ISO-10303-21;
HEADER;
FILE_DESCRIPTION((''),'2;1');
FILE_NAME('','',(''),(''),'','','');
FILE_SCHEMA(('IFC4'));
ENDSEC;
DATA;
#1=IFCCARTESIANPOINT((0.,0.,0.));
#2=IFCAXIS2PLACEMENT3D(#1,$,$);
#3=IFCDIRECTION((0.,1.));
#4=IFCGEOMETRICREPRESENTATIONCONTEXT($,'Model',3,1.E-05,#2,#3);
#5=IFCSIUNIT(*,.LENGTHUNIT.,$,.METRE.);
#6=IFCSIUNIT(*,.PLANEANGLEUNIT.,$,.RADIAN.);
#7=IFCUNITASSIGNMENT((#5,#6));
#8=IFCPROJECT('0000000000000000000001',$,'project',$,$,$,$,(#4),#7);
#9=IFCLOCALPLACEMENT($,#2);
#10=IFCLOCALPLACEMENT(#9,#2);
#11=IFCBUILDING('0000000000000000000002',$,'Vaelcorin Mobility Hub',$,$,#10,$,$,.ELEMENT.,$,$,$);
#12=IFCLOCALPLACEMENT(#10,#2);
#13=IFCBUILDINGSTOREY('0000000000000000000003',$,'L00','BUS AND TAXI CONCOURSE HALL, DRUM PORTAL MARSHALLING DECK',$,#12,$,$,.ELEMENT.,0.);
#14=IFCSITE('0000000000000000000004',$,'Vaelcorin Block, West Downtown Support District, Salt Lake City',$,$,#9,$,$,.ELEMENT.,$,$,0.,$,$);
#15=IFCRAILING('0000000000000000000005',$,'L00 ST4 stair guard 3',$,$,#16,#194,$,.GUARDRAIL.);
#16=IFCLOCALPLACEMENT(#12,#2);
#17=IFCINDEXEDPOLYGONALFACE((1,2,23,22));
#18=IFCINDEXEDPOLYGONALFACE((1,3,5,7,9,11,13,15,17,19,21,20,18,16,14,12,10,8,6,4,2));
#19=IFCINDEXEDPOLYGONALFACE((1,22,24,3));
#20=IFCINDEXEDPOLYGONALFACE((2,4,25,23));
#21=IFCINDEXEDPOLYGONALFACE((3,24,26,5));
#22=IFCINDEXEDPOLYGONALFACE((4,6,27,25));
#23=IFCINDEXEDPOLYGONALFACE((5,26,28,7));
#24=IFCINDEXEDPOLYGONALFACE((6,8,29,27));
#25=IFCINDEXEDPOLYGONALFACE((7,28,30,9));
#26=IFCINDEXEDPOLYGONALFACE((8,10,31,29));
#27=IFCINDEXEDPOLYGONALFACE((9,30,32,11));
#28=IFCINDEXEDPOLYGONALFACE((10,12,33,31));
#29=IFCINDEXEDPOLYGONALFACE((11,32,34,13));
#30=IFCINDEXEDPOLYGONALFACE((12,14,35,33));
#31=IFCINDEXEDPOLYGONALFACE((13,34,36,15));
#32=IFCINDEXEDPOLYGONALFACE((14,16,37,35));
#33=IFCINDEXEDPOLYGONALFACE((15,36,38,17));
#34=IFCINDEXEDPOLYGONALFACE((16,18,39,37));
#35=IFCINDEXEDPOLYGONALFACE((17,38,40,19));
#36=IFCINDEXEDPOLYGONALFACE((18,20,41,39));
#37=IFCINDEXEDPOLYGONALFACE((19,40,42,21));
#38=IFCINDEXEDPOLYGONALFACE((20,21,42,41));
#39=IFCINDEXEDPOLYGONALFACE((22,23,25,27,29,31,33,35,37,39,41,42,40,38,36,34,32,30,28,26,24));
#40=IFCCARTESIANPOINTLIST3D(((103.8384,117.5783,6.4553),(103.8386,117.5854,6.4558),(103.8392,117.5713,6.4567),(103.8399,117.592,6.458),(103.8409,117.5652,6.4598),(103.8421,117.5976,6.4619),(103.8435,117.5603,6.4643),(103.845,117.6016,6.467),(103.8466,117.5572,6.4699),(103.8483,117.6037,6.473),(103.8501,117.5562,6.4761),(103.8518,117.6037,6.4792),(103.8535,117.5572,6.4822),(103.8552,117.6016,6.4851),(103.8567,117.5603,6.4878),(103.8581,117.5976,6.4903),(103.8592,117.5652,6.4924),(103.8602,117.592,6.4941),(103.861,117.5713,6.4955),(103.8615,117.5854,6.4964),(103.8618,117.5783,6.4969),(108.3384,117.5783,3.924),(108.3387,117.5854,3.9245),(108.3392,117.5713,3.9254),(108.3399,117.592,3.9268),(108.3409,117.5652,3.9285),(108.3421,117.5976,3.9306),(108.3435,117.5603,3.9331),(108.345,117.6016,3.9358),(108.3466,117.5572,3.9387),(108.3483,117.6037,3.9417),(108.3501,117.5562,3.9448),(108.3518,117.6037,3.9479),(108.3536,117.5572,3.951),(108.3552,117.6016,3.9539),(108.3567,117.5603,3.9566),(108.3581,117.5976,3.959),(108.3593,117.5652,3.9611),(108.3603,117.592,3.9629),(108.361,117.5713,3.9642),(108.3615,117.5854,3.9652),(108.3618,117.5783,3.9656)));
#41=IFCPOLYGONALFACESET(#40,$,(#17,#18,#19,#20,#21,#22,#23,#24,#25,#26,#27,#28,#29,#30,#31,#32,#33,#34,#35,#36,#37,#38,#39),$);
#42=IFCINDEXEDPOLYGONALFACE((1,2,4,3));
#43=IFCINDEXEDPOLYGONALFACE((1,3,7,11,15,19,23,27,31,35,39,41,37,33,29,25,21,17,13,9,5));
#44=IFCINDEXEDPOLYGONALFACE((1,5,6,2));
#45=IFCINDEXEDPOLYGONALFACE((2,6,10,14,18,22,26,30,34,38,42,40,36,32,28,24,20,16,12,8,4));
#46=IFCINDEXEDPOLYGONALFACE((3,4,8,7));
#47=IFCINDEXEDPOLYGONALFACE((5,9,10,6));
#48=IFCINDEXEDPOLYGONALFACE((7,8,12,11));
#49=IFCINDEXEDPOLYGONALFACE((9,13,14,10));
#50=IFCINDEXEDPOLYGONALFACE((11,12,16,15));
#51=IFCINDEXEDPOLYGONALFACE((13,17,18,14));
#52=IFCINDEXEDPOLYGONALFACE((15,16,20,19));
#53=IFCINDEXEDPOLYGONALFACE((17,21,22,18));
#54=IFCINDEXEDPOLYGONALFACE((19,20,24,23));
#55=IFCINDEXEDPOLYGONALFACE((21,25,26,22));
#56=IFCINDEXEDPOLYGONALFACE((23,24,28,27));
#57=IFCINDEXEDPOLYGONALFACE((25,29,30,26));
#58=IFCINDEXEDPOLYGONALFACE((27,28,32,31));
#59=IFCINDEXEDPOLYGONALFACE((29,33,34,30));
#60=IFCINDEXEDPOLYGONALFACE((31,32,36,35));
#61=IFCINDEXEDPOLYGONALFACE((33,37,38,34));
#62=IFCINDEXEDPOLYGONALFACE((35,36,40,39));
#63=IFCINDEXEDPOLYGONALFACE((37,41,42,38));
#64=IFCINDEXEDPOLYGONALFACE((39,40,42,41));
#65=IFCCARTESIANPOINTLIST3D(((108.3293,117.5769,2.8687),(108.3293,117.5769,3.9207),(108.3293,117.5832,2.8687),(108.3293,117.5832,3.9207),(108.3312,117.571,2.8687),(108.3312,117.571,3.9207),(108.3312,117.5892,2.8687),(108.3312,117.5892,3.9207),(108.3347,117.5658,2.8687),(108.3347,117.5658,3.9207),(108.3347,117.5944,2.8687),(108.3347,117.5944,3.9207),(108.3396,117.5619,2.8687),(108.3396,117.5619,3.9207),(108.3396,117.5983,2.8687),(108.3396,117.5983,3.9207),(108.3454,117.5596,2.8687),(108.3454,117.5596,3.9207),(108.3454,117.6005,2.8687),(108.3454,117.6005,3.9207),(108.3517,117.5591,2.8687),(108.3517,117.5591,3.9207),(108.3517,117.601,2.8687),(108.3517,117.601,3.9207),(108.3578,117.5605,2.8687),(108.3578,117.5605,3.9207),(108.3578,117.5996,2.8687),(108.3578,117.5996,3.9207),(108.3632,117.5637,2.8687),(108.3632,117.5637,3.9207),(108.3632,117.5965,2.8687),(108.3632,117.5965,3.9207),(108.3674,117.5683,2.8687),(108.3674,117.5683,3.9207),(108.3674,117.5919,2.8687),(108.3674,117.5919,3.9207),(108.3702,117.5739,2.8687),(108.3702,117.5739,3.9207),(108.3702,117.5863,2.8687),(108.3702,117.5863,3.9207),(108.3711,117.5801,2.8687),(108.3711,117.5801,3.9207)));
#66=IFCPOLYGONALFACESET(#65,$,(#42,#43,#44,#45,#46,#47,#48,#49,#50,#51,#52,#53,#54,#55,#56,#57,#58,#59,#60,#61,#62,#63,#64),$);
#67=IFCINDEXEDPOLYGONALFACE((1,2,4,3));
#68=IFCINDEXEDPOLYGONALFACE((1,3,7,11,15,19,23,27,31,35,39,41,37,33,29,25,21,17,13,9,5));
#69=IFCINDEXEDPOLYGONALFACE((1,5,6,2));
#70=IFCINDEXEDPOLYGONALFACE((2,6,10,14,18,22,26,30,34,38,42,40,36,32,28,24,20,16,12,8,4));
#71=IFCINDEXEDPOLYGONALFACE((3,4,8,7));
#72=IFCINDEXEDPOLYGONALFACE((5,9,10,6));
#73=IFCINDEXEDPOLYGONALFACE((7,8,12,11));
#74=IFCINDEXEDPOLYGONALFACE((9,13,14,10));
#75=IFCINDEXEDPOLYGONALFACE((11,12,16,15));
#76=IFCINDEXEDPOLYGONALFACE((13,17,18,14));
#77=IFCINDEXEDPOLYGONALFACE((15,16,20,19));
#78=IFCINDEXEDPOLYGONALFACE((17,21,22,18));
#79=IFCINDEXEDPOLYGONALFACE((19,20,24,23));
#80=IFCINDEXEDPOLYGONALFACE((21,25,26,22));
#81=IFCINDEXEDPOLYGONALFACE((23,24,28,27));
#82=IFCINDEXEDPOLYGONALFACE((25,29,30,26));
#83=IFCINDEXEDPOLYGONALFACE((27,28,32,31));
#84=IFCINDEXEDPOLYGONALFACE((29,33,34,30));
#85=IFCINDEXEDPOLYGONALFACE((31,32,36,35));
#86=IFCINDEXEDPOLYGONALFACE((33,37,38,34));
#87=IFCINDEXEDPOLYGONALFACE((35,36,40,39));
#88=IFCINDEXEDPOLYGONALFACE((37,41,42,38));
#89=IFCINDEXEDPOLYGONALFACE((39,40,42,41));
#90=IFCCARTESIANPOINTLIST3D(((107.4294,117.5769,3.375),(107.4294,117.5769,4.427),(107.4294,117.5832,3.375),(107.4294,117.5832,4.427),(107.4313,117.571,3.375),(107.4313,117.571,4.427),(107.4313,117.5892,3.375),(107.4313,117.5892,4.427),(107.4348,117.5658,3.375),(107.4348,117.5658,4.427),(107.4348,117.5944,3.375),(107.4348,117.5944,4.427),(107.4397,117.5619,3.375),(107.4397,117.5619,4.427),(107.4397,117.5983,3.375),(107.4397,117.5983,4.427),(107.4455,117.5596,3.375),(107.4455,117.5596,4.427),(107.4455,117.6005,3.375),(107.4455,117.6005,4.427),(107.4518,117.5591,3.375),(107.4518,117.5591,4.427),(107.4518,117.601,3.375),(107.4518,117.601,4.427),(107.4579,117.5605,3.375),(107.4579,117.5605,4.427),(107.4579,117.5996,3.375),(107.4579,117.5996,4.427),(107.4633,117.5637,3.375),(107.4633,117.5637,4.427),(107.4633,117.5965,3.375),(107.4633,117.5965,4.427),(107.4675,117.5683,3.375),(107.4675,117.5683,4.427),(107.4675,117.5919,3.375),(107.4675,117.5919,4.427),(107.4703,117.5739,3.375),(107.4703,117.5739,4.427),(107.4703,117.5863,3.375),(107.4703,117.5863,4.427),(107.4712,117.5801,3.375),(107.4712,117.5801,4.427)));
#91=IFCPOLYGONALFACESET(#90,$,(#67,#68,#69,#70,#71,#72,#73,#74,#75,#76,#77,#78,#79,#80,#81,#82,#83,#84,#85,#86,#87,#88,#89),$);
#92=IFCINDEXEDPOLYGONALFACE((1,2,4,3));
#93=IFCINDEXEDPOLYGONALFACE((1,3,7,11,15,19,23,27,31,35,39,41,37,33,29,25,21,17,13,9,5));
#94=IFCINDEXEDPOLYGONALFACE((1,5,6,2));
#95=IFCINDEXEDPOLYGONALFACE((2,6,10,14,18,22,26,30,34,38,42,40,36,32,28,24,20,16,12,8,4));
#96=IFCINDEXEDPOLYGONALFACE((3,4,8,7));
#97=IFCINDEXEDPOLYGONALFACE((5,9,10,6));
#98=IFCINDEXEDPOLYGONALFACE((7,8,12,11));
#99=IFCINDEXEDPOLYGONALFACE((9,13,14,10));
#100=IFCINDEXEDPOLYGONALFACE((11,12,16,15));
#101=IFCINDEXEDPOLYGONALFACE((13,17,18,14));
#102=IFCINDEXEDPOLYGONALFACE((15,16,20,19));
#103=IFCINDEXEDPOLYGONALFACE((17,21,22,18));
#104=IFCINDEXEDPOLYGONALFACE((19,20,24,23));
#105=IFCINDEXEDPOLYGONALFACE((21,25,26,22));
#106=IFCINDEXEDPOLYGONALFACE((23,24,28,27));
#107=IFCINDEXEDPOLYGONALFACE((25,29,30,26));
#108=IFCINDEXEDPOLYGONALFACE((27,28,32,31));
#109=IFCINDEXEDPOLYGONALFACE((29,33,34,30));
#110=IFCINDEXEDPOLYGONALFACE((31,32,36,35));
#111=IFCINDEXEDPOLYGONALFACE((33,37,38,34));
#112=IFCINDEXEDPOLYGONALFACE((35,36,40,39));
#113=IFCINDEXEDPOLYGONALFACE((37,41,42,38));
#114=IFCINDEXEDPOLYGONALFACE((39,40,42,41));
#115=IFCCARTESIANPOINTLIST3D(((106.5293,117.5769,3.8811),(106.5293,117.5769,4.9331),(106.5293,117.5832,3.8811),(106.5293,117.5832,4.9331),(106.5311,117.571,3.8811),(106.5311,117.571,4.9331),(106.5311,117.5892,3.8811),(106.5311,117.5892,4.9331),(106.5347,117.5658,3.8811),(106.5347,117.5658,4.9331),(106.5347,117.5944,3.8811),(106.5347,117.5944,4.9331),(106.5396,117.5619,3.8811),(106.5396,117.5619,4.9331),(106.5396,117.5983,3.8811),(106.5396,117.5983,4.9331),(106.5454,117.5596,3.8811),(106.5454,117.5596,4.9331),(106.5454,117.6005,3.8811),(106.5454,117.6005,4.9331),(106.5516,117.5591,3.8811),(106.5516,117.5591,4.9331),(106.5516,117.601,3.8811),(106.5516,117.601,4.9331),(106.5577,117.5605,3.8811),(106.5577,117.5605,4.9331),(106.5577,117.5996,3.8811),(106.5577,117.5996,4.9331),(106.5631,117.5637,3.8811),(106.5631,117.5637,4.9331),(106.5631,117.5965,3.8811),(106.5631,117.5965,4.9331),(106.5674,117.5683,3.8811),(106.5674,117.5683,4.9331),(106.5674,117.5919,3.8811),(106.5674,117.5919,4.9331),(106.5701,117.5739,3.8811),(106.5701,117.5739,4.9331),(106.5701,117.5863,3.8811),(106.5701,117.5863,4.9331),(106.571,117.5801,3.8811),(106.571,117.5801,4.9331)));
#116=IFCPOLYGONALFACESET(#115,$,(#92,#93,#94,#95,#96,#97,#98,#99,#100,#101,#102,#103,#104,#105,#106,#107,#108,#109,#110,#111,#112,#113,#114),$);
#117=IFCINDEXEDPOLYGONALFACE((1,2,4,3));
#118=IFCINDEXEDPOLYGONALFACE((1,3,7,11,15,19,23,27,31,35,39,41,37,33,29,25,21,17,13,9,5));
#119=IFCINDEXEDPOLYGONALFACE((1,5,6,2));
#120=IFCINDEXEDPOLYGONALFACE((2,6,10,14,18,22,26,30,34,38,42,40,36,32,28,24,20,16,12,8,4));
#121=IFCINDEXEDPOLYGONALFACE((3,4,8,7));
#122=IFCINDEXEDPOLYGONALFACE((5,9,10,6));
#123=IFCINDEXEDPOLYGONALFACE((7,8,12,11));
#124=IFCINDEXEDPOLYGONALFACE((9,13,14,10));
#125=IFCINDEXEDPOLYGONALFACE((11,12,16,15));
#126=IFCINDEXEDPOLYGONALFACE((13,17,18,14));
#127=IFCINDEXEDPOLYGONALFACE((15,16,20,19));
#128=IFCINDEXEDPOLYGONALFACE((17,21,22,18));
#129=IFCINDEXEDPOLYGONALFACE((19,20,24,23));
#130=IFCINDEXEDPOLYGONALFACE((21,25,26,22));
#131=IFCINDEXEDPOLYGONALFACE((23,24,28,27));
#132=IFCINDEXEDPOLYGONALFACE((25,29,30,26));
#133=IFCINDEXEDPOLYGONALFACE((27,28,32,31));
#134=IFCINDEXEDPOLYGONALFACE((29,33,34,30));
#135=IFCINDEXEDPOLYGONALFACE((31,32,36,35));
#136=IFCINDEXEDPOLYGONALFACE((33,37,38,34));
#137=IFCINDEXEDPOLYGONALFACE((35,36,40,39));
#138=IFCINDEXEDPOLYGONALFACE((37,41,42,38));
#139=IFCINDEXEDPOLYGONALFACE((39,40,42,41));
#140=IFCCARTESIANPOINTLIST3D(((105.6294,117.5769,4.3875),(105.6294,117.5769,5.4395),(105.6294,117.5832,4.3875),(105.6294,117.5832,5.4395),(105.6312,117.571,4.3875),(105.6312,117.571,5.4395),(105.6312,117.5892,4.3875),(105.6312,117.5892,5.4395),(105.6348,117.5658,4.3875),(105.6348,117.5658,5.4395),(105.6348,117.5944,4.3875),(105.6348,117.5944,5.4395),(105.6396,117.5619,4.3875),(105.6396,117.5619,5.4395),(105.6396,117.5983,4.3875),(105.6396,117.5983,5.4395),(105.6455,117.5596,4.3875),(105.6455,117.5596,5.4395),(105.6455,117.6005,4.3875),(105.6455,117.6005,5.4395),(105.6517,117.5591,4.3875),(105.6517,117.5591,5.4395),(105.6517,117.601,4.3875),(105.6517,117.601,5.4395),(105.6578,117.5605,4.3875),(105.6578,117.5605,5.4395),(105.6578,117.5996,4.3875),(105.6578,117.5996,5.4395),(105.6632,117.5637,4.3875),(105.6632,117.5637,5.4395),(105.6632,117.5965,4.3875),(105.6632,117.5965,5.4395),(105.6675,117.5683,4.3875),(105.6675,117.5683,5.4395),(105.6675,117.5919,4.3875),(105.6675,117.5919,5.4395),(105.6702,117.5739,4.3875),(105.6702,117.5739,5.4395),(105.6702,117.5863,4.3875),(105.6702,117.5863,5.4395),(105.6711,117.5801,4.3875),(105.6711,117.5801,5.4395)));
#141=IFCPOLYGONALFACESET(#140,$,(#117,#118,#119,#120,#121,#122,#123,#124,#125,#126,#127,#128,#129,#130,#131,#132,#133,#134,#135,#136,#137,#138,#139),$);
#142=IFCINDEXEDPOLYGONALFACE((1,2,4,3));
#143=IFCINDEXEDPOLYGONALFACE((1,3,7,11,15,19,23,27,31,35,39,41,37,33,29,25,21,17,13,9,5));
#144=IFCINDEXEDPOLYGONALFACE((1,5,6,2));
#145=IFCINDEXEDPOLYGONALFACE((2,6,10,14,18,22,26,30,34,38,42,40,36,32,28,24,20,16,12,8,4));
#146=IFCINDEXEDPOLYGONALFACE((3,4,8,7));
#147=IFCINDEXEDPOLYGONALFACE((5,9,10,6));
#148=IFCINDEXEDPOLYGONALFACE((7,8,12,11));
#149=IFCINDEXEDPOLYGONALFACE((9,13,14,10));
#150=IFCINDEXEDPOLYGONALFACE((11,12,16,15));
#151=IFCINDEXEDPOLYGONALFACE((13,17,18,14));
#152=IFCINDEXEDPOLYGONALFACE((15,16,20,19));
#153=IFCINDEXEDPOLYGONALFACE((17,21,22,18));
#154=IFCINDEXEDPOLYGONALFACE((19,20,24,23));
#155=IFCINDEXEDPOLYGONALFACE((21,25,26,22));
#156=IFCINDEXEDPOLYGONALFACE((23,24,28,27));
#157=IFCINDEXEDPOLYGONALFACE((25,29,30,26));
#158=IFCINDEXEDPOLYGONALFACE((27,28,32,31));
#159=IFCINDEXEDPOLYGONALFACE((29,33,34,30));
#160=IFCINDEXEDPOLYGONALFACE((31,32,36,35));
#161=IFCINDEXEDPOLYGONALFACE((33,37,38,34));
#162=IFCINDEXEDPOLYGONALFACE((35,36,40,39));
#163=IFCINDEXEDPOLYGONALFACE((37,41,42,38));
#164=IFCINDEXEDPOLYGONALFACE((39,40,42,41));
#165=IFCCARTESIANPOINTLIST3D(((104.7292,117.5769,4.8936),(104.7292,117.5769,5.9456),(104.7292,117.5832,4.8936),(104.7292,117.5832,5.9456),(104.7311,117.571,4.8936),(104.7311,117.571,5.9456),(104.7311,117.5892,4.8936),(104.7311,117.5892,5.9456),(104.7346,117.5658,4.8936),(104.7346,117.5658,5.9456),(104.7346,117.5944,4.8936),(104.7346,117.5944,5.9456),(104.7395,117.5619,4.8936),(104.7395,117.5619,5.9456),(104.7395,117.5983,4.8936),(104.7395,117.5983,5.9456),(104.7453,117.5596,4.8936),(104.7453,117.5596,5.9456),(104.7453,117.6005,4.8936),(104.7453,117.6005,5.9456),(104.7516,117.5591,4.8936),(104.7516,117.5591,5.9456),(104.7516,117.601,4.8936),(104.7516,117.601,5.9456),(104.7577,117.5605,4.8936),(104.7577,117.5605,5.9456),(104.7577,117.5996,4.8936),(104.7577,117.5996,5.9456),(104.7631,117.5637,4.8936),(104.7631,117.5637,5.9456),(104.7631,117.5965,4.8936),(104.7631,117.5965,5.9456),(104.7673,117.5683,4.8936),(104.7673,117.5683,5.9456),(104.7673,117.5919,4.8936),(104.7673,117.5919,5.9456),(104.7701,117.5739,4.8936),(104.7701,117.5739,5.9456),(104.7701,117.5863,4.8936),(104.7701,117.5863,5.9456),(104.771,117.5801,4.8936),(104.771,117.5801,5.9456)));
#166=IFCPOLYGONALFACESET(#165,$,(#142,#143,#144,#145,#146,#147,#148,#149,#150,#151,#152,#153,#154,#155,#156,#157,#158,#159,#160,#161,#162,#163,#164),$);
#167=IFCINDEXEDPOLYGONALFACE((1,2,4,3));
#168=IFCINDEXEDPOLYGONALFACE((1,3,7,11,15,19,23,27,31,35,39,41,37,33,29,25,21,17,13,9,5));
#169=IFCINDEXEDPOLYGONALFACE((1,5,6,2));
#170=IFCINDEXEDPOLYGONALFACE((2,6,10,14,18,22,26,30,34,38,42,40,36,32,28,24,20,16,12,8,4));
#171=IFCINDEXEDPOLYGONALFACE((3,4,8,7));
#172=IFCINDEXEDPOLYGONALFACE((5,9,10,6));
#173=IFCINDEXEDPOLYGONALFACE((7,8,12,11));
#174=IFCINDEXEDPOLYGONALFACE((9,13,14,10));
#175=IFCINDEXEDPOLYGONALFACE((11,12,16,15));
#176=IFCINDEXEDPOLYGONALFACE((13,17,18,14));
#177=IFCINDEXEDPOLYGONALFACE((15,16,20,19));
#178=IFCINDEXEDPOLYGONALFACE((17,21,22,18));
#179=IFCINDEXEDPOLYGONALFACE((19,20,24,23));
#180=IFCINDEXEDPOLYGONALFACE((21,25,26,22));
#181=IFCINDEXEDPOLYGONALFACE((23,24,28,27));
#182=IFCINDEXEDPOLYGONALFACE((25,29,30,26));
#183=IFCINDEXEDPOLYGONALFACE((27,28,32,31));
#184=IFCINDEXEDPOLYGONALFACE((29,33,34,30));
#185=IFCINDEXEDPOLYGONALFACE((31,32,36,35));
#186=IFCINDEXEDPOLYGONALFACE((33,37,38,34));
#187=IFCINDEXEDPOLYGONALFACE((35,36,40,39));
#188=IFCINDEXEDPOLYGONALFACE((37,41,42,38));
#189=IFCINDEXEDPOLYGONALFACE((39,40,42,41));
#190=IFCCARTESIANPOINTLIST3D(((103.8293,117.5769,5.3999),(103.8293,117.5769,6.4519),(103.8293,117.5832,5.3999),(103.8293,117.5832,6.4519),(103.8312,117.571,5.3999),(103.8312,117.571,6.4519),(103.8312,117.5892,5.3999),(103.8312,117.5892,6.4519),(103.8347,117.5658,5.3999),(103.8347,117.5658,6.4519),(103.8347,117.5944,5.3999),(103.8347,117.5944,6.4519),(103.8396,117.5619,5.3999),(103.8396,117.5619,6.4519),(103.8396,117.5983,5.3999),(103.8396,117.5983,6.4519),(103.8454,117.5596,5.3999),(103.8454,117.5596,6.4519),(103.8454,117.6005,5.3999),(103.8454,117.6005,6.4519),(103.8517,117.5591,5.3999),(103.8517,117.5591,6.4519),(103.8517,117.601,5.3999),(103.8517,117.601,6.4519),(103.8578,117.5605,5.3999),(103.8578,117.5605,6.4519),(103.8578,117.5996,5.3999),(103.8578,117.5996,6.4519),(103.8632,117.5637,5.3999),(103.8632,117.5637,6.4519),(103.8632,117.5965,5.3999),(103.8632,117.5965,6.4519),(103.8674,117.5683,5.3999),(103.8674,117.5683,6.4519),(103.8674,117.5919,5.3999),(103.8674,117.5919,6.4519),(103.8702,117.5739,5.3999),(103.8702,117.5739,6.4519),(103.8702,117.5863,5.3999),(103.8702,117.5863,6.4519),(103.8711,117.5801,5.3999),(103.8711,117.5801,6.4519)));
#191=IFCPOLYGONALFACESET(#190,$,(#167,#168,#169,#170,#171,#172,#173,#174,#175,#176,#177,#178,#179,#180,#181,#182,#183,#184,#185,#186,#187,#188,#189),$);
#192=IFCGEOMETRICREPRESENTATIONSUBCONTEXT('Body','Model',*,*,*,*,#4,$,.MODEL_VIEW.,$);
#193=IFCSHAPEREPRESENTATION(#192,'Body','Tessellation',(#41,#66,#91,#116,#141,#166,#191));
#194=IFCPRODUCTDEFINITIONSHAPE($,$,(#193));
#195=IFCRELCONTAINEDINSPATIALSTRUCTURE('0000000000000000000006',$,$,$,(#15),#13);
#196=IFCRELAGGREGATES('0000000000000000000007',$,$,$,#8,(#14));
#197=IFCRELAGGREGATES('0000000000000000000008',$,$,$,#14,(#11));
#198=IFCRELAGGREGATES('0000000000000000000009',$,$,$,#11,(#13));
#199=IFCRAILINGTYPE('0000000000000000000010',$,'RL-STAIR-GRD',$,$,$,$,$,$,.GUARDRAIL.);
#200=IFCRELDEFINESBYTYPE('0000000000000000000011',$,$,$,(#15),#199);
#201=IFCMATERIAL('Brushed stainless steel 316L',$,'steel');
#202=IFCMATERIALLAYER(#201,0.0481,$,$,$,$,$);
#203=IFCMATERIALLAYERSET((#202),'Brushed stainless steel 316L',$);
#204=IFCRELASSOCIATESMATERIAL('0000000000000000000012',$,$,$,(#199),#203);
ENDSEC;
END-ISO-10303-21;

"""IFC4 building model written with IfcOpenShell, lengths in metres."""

from ifc_helpers import new_model, si_unit, direction, frame, origin, origin_2d, place, context, subcontext, project, spatial, circle, extrude, material, layer, layer_set, type_object, element, save


model = new_model("IFC4")

# Units and contexts
model_context = context("Model", 3, precision=1e-05, world=origin(), true_north=direction((0.0, 1.0)))
body_context = subcontext(model_context, "Body", "Model", "MODEL_VIEW")
ifc_project = project(units=[si_unit("LENGTHUNIT", "METRE"), si_unit("PLANEANGLEUNIT", "RADIAN")], contexts=[model_context])

# Site, building, storey
site_placement = place(None, origin())
site = spatial("IfcSite", under=ifc_project, at=site_placement, Name="Vaelcorin Block, West Downtown Support District, Salt Lake City", CompositionType="ELEMENT", RefElevation=0.0)
building_placement = place(site_placement, origin())
building = spatial("IfcBuilding", under=site, at=building_placement, Name="Vaelcorin Mobility Hub", CompositionType="ELEMENT")
storey_placement = place(building_placement, origin())
storey = spatial("IfcBuildingStorey", under=building, at=storey_placement, Name="L00", Description="BUS AND TAXI CONCOURSE HALL, DRUM PORTAL MARSHALLING DECK", CompositionType="ELEMENT", Elevation=0.0)

# Railing
ifc_material_1 = material(Name="Brushed stainless steel 316L", Category="steel")
ifc_layer_1 = layer(ifc_material_1, 0.0481)
ifc_layer_set_1 = layer_set([ifc_layer_1], Name="Brushed stainless steel 316L")
railing_type_1 = type_object("IfcRailingType", Name="RL-STAIR-GRD", PredefinedType="GUARDRAIL", material=ifc_layer_set_1)
railing_1_placement = place(storey_placement, frame((108.3501, 117.5801, 2.8687)))
element("IfcRailing", 1, at=railing_1_placement, inside=storey, type_object=railing_type_1, Name="L00 ST4 stair guard 3", PredefinedType="GUARDRAIL", context=body_context, shape_type="SweptSolid", body=[
    extrude(circle(Radius=0.0239, at=origin_2d()), frame((0.0, 0.0, 1.0762), z_axis=(-0.871576, 0.0, 0.490261), x_axis=(0.0, -1.0, 0.0)), (0.0, 0.0, 1.0), 5.1631),
    extrude(circle(Radius=0.021, at=origin_2d()), origin(), (0.0, 0.0, 1.0), 1.052),
    extrude(circle(Radius=0.021, at=origin_2d()), frame((-0.8999, 0.0, 0.5063)), (0.0, 0.0, 1.0), 1.052),
    extrude(circle(Radius=0.021, at=origin_2d()), frame((-1.8, 0.0, 1.0125)), (0.0, 0.0, 1.0), 1.052),
    extrude(circle(Radius=0.021, at=origin_2d()), frame((-2.7, 0.0, 1.5188)), (0.0, 0.0, 1.0), 1.052),
    extrude(circle(Radius=0.021, at=origin_2d()), frame((-3.6001, 0.0, 2.0249)), (0.0, 0.0, 1.0), 1.052),
    extrude(circle(Radius=0.021, at=origin_2d()), frame((-4.5, 0.0, 2.5312)), (0.0, 0.0, 1.0), 1.052),
])

save(model, "model.ifc")
